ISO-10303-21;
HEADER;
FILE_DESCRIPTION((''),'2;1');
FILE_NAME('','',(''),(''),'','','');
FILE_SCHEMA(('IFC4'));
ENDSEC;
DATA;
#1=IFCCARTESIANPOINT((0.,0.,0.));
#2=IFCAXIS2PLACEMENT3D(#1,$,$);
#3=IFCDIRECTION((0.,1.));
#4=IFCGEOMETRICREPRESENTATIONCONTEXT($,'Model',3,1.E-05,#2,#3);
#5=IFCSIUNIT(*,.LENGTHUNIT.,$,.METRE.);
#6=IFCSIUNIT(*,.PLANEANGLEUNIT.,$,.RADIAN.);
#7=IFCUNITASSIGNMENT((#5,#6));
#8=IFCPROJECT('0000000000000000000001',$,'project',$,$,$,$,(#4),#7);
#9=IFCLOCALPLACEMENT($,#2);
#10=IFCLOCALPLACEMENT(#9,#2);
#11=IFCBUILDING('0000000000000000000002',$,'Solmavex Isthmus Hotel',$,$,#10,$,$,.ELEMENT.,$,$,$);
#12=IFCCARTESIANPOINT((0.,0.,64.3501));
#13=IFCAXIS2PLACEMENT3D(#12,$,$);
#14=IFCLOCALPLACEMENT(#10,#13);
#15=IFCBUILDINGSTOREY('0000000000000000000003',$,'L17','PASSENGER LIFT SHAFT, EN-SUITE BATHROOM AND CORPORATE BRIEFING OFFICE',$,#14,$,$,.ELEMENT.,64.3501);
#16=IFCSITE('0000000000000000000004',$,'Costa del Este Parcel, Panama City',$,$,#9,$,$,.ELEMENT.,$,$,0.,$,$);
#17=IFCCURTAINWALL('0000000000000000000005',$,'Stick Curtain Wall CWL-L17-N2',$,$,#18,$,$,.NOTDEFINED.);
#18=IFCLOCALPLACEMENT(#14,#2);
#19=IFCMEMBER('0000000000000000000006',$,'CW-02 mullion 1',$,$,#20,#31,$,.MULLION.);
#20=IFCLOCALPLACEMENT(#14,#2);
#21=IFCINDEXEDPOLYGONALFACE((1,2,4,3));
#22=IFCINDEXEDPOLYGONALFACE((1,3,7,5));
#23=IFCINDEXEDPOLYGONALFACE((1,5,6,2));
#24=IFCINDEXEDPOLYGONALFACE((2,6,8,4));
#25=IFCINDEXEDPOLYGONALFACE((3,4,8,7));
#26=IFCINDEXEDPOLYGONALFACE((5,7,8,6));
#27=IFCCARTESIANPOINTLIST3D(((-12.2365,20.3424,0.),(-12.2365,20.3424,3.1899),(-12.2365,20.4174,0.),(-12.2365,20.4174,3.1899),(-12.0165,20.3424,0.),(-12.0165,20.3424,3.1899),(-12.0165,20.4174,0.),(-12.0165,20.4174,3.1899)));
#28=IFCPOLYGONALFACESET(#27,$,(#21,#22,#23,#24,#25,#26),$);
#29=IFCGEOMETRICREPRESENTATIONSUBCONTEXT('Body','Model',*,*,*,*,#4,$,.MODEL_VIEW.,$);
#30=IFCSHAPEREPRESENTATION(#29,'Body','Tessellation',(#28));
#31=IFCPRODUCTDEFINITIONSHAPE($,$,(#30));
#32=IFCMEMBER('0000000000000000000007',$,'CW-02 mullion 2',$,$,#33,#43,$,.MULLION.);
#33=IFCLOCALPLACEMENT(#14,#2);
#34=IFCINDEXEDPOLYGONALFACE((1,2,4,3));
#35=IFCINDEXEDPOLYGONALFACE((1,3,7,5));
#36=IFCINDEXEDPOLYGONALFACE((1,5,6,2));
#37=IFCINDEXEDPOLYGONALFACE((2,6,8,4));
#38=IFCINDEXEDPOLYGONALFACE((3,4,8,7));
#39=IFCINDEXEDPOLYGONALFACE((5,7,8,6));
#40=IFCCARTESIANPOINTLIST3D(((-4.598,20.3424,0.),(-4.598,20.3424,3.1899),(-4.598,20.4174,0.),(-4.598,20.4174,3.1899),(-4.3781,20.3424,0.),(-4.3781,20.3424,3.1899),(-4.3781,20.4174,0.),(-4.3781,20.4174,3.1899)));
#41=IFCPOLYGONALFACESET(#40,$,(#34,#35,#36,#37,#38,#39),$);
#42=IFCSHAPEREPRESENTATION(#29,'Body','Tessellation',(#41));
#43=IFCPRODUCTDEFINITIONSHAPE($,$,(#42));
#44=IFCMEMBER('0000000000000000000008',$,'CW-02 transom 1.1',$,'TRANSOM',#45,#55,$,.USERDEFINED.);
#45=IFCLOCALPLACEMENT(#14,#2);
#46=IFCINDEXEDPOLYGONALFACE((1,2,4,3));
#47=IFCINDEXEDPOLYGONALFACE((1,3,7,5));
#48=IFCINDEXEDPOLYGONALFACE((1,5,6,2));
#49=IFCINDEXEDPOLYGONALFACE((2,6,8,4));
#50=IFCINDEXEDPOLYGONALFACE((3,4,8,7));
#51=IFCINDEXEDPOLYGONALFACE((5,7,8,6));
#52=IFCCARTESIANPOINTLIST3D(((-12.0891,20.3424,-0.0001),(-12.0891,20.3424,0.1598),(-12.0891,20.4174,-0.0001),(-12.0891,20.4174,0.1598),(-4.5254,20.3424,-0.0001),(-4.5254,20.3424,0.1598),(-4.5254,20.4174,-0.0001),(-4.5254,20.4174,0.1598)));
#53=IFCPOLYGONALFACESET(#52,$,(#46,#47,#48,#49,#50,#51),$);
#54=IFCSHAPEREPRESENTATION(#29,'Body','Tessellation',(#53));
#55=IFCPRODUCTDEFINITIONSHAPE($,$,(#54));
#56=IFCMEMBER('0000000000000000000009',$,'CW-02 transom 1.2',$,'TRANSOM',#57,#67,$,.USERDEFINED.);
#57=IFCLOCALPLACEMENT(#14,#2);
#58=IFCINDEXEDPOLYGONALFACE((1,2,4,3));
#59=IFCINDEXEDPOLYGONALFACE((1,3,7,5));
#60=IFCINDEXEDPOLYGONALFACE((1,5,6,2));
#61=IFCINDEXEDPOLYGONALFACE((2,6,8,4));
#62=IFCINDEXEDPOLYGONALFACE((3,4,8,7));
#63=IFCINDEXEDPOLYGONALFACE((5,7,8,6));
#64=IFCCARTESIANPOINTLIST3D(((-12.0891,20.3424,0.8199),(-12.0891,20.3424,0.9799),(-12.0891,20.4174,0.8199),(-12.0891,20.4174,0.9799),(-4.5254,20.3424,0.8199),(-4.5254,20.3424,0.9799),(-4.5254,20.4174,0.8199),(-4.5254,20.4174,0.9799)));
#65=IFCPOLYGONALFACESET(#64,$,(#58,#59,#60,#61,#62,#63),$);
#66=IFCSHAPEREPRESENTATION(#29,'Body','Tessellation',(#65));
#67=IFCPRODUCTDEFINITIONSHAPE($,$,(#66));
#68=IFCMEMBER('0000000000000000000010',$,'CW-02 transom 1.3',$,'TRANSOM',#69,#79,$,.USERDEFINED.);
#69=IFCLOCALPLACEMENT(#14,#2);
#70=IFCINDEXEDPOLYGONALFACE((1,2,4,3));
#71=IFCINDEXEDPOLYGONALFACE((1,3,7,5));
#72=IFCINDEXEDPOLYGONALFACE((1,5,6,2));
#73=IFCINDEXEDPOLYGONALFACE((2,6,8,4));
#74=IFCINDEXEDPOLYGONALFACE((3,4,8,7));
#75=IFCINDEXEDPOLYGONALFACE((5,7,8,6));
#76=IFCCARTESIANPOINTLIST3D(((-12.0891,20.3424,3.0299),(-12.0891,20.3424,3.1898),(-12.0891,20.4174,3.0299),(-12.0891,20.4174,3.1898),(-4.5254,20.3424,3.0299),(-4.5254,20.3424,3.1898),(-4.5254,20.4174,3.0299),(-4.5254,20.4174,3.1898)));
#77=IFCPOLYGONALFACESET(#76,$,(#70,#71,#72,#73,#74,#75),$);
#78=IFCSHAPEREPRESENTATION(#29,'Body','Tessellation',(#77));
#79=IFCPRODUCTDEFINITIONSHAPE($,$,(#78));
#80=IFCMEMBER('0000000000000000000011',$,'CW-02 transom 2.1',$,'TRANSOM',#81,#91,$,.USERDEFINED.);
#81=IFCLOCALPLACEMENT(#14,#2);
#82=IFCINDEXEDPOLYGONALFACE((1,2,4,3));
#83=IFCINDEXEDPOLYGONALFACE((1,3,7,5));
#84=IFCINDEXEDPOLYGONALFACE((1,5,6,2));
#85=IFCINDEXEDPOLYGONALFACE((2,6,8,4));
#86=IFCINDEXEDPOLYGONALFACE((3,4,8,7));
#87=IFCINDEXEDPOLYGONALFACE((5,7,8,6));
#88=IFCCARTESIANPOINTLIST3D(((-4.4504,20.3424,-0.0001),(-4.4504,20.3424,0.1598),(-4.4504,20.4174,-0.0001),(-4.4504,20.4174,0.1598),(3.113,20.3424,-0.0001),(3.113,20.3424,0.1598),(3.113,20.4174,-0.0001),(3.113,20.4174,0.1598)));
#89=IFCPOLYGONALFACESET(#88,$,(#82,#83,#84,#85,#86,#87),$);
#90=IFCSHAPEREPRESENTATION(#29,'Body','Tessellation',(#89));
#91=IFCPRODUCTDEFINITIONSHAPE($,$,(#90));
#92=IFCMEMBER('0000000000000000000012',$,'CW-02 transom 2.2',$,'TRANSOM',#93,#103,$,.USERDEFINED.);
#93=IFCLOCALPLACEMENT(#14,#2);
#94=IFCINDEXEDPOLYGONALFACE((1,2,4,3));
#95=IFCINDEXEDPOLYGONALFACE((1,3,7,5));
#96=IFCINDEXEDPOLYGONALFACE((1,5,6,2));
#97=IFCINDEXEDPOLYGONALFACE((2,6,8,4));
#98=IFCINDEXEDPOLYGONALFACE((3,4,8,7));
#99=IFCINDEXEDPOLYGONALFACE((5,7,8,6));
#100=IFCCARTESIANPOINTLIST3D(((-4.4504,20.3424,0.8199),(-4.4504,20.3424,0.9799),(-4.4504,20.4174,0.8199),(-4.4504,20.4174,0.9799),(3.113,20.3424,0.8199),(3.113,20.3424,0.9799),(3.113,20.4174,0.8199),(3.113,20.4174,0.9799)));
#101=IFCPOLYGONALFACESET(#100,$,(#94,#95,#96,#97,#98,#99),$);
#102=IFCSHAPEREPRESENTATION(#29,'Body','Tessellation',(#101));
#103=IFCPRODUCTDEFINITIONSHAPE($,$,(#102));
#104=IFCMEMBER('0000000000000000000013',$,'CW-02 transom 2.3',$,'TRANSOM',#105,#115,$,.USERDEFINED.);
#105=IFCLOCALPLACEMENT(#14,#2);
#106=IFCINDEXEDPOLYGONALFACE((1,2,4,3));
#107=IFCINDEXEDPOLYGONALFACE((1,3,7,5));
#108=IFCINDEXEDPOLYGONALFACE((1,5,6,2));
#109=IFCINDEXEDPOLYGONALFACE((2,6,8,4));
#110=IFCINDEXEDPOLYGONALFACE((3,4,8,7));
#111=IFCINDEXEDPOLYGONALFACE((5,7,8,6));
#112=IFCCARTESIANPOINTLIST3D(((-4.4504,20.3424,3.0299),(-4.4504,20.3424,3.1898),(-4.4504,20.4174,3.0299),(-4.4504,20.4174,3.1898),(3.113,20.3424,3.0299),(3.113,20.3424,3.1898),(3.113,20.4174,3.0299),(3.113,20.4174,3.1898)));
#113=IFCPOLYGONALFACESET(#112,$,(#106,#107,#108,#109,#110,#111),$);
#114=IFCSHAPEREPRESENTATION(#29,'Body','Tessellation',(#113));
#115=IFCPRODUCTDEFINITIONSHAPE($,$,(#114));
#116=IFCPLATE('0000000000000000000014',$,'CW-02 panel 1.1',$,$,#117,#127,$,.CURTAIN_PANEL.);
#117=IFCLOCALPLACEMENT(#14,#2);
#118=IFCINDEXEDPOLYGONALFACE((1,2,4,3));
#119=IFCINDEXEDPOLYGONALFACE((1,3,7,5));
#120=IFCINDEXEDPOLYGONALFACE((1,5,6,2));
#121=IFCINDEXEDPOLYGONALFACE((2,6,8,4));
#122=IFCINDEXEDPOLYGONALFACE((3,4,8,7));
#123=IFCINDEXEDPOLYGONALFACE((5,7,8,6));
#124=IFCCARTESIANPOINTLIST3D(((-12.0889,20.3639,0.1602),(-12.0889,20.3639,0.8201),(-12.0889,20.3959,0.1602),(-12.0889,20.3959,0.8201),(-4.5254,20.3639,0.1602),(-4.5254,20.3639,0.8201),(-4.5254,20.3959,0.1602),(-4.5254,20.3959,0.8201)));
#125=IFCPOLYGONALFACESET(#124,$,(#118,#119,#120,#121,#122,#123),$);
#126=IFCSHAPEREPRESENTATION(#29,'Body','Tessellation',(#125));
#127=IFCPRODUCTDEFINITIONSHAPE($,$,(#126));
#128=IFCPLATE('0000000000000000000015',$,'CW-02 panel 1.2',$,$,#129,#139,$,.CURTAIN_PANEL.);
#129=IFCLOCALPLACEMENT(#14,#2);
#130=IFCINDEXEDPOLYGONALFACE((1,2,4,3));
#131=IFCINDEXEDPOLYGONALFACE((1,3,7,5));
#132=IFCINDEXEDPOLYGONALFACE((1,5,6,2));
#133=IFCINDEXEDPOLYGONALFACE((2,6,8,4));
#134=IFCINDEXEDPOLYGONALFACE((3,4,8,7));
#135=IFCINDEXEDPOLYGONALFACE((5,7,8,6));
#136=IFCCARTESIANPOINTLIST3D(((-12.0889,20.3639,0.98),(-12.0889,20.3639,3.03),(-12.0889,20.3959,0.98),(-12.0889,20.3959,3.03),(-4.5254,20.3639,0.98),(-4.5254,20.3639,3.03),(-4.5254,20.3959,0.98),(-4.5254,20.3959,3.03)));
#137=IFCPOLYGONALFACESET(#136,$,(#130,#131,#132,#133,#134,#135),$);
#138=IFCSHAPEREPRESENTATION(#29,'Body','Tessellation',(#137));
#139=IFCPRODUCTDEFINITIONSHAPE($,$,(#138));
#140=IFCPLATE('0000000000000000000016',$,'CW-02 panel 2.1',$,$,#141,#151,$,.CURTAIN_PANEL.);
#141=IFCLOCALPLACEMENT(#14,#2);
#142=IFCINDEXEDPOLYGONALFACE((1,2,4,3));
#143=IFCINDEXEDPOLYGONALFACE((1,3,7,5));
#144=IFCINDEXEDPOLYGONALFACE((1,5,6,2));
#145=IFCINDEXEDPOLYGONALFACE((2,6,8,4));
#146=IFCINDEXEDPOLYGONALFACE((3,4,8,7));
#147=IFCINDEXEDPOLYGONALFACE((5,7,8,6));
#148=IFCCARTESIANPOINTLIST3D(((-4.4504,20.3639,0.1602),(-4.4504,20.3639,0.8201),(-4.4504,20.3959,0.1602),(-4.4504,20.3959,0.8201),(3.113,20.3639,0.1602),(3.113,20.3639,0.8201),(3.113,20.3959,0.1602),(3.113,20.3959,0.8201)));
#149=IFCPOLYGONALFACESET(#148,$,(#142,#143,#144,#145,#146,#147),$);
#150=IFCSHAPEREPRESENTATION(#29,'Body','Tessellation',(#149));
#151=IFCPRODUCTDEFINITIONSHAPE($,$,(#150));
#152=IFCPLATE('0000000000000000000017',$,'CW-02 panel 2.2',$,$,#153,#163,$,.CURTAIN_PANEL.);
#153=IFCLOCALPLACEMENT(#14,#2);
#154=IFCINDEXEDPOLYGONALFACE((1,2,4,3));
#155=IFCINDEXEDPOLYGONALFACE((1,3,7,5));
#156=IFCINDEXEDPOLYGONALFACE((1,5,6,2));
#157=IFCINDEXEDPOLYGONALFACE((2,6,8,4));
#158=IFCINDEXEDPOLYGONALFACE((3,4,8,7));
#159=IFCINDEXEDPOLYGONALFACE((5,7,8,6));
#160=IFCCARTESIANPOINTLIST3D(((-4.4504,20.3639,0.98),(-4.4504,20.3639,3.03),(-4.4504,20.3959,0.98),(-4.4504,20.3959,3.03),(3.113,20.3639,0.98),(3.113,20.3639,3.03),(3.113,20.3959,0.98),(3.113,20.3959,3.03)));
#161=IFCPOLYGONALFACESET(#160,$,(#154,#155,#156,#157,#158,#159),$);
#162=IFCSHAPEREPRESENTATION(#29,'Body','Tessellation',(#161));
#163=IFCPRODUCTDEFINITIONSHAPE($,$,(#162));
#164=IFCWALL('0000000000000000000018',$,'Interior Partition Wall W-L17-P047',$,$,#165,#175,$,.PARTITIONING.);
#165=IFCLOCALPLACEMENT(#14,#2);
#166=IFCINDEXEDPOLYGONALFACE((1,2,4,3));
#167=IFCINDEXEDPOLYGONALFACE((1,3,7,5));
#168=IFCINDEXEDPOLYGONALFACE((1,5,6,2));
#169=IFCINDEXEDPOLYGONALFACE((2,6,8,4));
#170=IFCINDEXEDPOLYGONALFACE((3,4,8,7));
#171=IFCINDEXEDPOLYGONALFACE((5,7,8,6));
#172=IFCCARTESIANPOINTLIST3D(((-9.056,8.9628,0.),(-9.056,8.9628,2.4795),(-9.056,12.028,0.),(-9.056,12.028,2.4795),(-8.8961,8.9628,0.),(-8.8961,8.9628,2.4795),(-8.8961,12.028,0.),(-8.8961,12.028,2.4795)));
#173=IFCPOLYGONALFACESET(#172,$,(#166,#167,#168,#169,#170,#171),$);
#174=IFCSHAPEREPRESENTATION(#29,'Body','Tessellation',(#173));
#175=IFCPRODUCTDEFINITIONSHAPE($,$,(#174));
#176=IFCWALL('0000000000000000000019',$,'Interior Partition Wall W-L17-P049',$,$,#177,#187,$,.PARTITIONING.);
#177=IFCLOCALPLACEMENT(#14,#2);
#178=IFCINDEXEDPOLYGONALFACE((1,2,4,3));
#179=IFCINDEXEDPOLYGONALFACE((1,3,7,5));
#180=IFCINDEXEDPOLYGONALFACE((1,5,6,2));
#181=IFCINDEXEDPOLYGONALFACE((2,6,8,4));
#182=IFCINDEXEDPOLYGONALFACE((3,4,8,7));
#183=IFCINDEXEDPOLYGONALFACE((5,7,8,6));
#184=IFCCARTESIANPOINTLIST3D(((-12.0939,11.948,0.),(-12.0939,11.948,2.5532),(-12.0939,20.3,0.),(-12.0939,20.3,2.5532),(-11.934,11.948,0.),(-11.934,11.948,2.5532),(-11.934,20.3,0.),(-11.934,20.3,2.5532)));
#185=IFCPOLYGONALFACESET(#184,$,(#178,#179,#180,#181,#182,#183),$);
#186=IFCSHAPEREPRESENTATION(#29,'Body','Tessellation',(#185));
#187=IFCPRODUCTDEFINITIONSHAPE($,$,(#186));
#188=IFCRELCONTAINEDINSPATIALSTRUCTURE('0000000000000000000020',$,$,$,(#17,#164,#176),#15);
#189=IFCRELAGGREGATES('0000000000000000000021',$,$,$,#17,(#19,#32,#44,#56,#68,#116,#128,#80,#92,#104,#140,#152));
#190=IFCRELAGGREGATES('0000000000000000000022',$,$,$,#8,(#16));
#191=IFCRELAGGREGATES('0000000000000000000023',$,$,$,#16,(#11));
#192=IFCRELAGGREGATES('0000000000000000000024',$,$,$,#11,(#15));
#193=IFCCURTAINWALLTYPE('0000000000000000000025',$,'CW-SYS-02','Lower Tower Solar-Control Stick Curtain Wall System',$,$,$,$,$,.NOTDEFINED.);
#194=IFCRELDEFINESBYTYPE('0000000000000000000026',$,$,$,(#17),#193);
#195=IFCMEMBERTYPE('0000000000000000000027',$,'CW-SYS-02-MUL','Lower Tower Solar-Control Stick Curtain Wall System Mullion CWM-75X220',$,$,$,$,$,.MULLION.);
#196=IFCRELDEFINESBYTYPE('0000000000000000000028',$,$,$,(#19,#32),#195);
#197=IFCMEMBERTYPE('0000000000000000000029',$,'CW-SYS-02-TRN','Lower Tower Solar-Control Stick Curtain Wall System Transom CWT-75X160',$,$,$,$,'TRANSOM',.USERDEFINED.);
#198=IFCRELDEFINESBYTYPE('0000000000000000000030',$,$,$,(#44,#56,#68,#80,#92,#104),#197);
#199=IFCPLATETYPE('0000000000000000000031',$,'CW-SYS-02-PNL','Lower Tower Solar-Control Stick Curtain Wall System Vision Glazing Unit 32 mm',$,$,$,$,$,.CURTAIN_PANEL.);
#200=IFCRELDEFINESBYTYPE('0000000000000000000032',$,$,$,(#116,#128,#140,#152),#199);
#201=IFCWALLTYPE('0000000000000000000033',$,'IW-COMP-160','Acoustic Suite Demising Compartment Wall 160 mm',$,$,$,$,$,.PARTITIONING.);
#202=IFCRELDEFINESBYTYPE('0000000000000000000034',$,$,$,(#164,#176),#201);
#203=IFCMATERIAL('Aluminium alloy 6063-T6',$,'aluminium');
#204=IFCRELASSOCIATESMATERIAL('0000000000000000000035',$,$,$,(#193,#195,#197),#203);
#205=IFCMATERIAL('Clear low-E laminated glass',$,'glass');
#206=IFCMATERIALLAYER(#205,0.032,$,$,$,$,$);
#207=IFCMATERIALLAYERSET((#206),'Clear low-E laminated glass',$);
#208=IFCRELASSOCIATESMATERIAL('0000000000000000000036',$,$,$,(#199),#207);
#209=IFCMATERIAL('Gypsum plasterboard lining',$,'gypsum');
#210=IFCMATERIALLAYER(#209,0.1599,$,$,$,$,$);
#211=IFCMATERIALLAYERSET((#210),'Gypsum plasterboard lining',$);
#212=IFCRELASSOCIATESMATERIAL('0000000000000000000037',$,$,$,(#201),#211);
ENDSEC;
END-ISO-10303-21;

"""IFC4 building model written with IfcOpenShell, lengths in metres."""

from ifc_helpers import new_model, si_unit, direction, frame, frame_2d, origin, origin_2d, place, context, subcontext, project, spatial, rectangle, extrude, material, layer, layer_set, material_profile, profile_set, type_object, element, aggregate, save


model = new_model("IFC4")

# Units and contexts
model_context = context("Model", 3, precision=1e-05, world=origin(), true_north=direction((0.0, 1.0)))
body_context = subcontext(model_context, "Body", "Model", "MODEL_VIEW")
ifc_project = project(units=[si_unit("LENGTHUNIT", "METRE"), si_unit("PLANEANGLEUNIT", "RADIAN")], contexts=[model_context])

# Site, building, storey
site_placement = place(None, origin())
site = spatial("IfcSite", under=ifc_project, at=site_placement, Name="Costa del Este Parcel, Panama City", CompositionType="ELEMENT", RefElevation=0.0)
building_placement = place(site_placement, origin())
building = spatial("IfcBuilding", under=site, at=building_placement, Name="Solmavex Isthmus Hotel", CompositionType="ELEMENT")
storey_placement = place(building_placement, frame((0.0, 0.0, 64.3501)))
storey = spatial("IfcBuildingStorey", under=building, at=storey_placement, Name="L17", Description="PASSENGER LIFT SHAFT, EN-SUITE BATHROOM AND CORPORATE BRIEFING OFFICE", CompositionType="ELEMENT", Elevation=64.3501)

# Curtain wall, members, plates
ifc_material_1 = material(Name="Aluminium alloy 6063-T6", Category="aluminium")
curtain_wall_type = type_object("IfcCurtainWallType", Name="CW-SYS-02", Description="Lower Tower Solar-Control Stick Curtain Wall System", PredefinedType="NOTDEFINED", material=ifc_material_1)
curtain_wall_placement = place(storey_placement, origin())
curtain_wall = element("IfcCurtainWall", 1, at=curtain_wall_placement, inside=storey, type_object=curtain_wall_type, Name="Stick Curtain Wall CWL-L17-N2", PredefinedType="NOTDEFINED")
ifc_material_profile_1 = material_profile(ifc_material_1, rectangle(XDim=0.075, YDim=0.22, at=origin_2d()), Name="CWM-75X220")
ifc_profile_set_1 = profile_set([ifc_material_profile_1], Name="Aluminium alloy 6063-T6")
member_type_1 = type_object("IfcMemberType", Name="CW-SYS-02-MUL", Description="Lower Tower Solar-Control Stick Curtain Wall System Mullion CWM-75X220", PredefinedType="MULLION", material=ifc_profile_set_1)
member_1_placement = place(storey_placement, frame((-12.1265, 20.3799, 0.0), z_axis=(0.0, 0.0, 1.0), x_axis=(0.0, 1.0, 0.0)))
member_1 = element("IfcMember", 2, at=member_1_placement, type_object=member_type_1, Name="CW-02 mullion 1", PredefinedType="MULLION", context=body_context, shape_type="SweptSolid", body=[
    extrude(rectangle(XDim=0.075, YDim=0.22, at=origin_2d()), origin(), (0.0, 0.0, 1.0), 3.1899),
])
member_2_placement = place(storey_placement, frame((-4.488, 20.3799, 0.0), z_axis=(0.0, 0.0, 1.0), x_axis=(0.0, 1.0, 0.0)))
member_2 = element("IfcMember", 3, at=member_2_placement, type_object=member_type_1, Name="CW-02 mullion 2", PredefinedType="MULLION", context=body_context, shape_type="SweptSolid", body=[
    extrude(rectangle(XDim=0.075, YDim=0.22, at=origin_2d()), origin(), (0.0, 0.0, 1.0), 3.1899),
])
ifc_material_profile_2 = material_profile(ifc_material_1, rectangle(XDim=0.075, YDim=0.1599, at=origin_2d()), Name="CWT-75X160")
ifc_profile_set_2 = profile_set([ifc_material_profile_2], Name="Aluminium alloy 6063-T6")
member_type_2 = type_object("IfcMemberType", Name="CW-SYS-02-TRN", Description="Lower Tower Solar-Control Stick Curtain Wall System Transom CWT-75X160", ElementType="TRANSOM", PredefinedType="USERDEFINED", material=ifc_profile_set_2)
member_3_placement = place(storey_placement, frame((-12.0891, 20.3799, 0.0798), z_axis=(1.0, 0.0, 0.0), x_axis=(0.0, 1.0, 0.0)))
member_3 = element("IfcMember", 4, at=member_3_placement, type_object=member_type_2, Name="CW-02 transom 1.1", ObjectType="TRANSOM", PredefinedType="USERDEFINED", context=body_context, shape_type="SweptSolid", body=[
    extrude(rectangle(XDim=0.075, YDim=0.1599, at=origin_2d()), origin(), (0.0, 0.0, 1.0), 7.5637),
])
member_4_placement = place(storey_placement, frame((-12.0891, 20.3799, 0.8999), z_axis=(1.0, 0.0, 0.0), x_axis=(0.0, 1.0, 0.0)))
member_4 = element("IfcMember", 5, at=member_4_placement, type_object=member_type_2, Name="CW-02 transom 1.2", ObjectType="TRANSOM", PredefinedType="USERDEFINED", context=body_context, shape_type="SweptSolid", body=[
    extrude(rectangle(XDim=0.075, YDim=0.1599, at=origin_2d()), origin(), (0.0, 0.0, 1.0), 7.5637),
])
member_5_placement = place(storey_placement, frame((-12.0891, 20.3799, 3.1099), z_axis=(1.0, 0.0, 0.0), x_axis=(0.0, 1.0, 0.0)))
member_5 = element("IfcMember", 6, at=member_5_placement, type_object=member_type_2, Name="CW-02 transom 1.3", ObjectType="TRANSOM", PredefinedType="USERDEFINED", context=body_context, shape_type="SweptSolid", body=[
    extrude(rectangle(XDim=0.075, YDim=0.1599, at=origin_2d()), origin(), (0.0, 0.0, 1.0), 7.5637),
])
member_6_placement = place(storey_placement, frame((-4.4504, 20.3799, 0.0798), z_axis=(1.0, 0.0, 0.0), x_axis=(0.0, 1.0, 0.0)))
member_6 = element("IfcMember", 7, at=member_6_placement, type_object=member_type_2, Name="CW-02 transom 2.1", ObjectType="TRANSOM", PredefinedType="USERDEFINED", context=body_context, shape_type="SweptSolid", body=[
    extrude(rectangle(XDim=0.075, YDim=0.1599, at=origin_2d()), origin(), (0.0, 0.0, 1.0), 7.5635),
])
member_7_placement = place(storey_placement, frame((-4.4504, 20.3799, 0.8999), z_axis=(1.0, 0.0, 0.0), x_axis=(0.0, 1.0, 0.0)))
member_7 = element("IfcMember", 8, at=member_7_placement, type_object=member_type_2, Name="CW-02 transom 2.2", ObjectType="TRANSOM", PredefinedType="USERDEFINED", context=body_context, shape_type="SweptSolid", body=[
    extrude(rectangle(XDim=0.075, YDim=0.1599, at=origin_2d()), origin(), (0.0, 0.0, 1.0), 7.5635),
])
member_8_placement = place(storey_placement, frame((-4.4504, 20.3799, 3.1099), z_axis=(1.0, 0.0, 0.0), x_axis=(0.0, 1.0, 0.0)))
member_8 = element("IfcMember", 9, at=member_8_placement, type_object=member_type_2, Name="CW-02 transom 2.3", ObjectType="TRANSOM", PredefinedType="USERDEFINED", context=body_context, shape_type="SweptSolid", body=[
    extrude(rectangle(XDim=0.075, YDim=0.1599, at=origin_2d()), origin(), (0.0, 0.0, 1.0), 7.5635),
])
ifc_material_2 = material(Name="Clear low-E laminated glass", Category="glass")
ifc_layer_1 = layer(ifc_material_2, 0.032)
ifc_layer_set_1 = layer_set([ifc_layer_1], Name="Clear low-E laminated glass")
plate_type = type_object("IfcPlateType", Name="CW-SYS-02-PNL", Description="Lower Tower Solar-Control Stick Curtain Wall System Vision Glazing Unit 32 mm", PredefinedType="CURTAIN_PANEL", material=ifc_layer_set_1)
plate_1_placement = place(storey_placement, frame((-8.3071, 20.3799, 0.1602), z_axis=(0.0, 0.0, 1.0), x_axis=(1.0, 0.0, 0.0)))
plate_1 = element("IfcPlate", 10, at=plate_1_placement, type_object=plate_type, Name="CW-02 panel 1.1", PredefinedType="CURTAIN_PANEL", context=body_context, shape_type="SweptSolid", body=[
    extrude(rectangle(XDim=7.5635, YDim=0.032, at=origin_2d()), origin(), (0.0, 0.0, 1.0), 0.6599),
])
plate_2_placement = place(storey_placement, frame((-8.3071, 20.3799, 0.98), z_axis=(0.0, 0.0, 1.0), x_axis=(1.0, 0.0, 0.0)))
plate_2 = element("IfcPlate", 11, at=plate_2_placement, type_object=plate_type, Name="CW-02 panel 1.2", PredefinedType="CURTAIN_PANEL", context=body_context, shape_type="SweptSolid", body=[
    extrude(rectangle(XDim=7.5635, YDim=0.032, at=origin_2d()), origin(), (0.0, 0.0, 1.0), 2.05),
])
plate_3_placement = place(storey_placement, frame((-0.6687, 20.3799, 0.1602), z_axis=(0.0, 0.0, 1.0), x_axis=(1.0, 0.0, 0.0)))
plate_3 = element("IfcPlate", 12, at=plate_3_placement, type_object=plate_type, Name="CW-02 panel 2.1", PredefinedType="CURTAIN_PANEL", context=body_context, shape_type="SweptSolid", body=[
    extrude(rectangle(XDim=7.5635, YDim=0.032, at=origin_2d()), origin(), (0.0, 0.0, 1.0), 0.6599),
])
plate_4_placement = place(storey_placement, frame((-0.6687, 20.3799, 0.98), z_axis=(0.0, 0.0, 1.0), x_axis=(1.0, 0.0, 0.0)))
plate_4 = element("IfcPlate", 13, at=plate_4_placement, type_object=plate_type, Name="CW-02 panel 2.2", PredefinedType="CURTAIN_PANEL", context=body_context, shape_type="SweptSolid", body=[
    extrude(rectangle(XDim=7.5635, YDim=0.032, at=origin_2d()), origin(), (0.0, 0.0, 1.0), 2.05),
])
aggregate(curtain_wall, [member_1, member_2, member_3, member_4, member_5, plate_1, plate_2, member_6, member_7, member_8, plate_3, plate_4])

# Shared definitions
ifc_material_3 = material(Name="Gypsum plasterboard lining", Category="gypsum")
ifc_layer_2 = layer(ifc_material_3, 0.1599)
ifc_layer_set_2 = layer_set([ifc_layer_2], Name="Gypsum plasterboard lining")
wall_type_1 = type_object("IfcWallType", Name="IW-COMP-160", Description="Acoustic Suite Demising Compartment Wall 160 mm", PredefinedType="PARTITIONING", material=ifc_layer_set_2)

# Walls
wall_1_placement = place(storey_placement, frame((-8.9761, 12.0281, 0.0), z_axis=(0.0, 0.0, 1.0), x_axis=(0.0, -1.0, 0.0)))
element("IfcWall", 14, at=wall_1_placement, inside=storey, type_object=wall_type_1, Name="Interior Partition Wall W-L17-P047", PredefinedType="PARTITIONING", context=body_context, shape_type="SweptSolid", body=[
    extrude(rectangle(XDim=3.0652, YDim=0.1599, at=frame_2d((1.5327, 0.0))), origin(), (0.0, 0.0, 1.0), 2.4795),
])
wall_2_placement = place(storey_placement, frame((-12.0139, 20.3, 0.0), z_axis=(0.0, 0.0, 1.0), x_axis=(0.0, -1.0, 0.0)))
element("IfcWall", 15, at=wall_2_placement, inside=storey, type_object=wall_type_1, Name="Interior Partition Wall W-L17-P049", PredefinedType="PARTITIONING", context=body_context, shape_type="SweptSolid", body=[
    extrude(rectangle(XDim=8.3521, YDim=0.1599, at=frame_2d((4.176, 0.0))), origin(), (0.0, 0.0, 1.0), 2.5532),
])

save(model, "model.ifc")
